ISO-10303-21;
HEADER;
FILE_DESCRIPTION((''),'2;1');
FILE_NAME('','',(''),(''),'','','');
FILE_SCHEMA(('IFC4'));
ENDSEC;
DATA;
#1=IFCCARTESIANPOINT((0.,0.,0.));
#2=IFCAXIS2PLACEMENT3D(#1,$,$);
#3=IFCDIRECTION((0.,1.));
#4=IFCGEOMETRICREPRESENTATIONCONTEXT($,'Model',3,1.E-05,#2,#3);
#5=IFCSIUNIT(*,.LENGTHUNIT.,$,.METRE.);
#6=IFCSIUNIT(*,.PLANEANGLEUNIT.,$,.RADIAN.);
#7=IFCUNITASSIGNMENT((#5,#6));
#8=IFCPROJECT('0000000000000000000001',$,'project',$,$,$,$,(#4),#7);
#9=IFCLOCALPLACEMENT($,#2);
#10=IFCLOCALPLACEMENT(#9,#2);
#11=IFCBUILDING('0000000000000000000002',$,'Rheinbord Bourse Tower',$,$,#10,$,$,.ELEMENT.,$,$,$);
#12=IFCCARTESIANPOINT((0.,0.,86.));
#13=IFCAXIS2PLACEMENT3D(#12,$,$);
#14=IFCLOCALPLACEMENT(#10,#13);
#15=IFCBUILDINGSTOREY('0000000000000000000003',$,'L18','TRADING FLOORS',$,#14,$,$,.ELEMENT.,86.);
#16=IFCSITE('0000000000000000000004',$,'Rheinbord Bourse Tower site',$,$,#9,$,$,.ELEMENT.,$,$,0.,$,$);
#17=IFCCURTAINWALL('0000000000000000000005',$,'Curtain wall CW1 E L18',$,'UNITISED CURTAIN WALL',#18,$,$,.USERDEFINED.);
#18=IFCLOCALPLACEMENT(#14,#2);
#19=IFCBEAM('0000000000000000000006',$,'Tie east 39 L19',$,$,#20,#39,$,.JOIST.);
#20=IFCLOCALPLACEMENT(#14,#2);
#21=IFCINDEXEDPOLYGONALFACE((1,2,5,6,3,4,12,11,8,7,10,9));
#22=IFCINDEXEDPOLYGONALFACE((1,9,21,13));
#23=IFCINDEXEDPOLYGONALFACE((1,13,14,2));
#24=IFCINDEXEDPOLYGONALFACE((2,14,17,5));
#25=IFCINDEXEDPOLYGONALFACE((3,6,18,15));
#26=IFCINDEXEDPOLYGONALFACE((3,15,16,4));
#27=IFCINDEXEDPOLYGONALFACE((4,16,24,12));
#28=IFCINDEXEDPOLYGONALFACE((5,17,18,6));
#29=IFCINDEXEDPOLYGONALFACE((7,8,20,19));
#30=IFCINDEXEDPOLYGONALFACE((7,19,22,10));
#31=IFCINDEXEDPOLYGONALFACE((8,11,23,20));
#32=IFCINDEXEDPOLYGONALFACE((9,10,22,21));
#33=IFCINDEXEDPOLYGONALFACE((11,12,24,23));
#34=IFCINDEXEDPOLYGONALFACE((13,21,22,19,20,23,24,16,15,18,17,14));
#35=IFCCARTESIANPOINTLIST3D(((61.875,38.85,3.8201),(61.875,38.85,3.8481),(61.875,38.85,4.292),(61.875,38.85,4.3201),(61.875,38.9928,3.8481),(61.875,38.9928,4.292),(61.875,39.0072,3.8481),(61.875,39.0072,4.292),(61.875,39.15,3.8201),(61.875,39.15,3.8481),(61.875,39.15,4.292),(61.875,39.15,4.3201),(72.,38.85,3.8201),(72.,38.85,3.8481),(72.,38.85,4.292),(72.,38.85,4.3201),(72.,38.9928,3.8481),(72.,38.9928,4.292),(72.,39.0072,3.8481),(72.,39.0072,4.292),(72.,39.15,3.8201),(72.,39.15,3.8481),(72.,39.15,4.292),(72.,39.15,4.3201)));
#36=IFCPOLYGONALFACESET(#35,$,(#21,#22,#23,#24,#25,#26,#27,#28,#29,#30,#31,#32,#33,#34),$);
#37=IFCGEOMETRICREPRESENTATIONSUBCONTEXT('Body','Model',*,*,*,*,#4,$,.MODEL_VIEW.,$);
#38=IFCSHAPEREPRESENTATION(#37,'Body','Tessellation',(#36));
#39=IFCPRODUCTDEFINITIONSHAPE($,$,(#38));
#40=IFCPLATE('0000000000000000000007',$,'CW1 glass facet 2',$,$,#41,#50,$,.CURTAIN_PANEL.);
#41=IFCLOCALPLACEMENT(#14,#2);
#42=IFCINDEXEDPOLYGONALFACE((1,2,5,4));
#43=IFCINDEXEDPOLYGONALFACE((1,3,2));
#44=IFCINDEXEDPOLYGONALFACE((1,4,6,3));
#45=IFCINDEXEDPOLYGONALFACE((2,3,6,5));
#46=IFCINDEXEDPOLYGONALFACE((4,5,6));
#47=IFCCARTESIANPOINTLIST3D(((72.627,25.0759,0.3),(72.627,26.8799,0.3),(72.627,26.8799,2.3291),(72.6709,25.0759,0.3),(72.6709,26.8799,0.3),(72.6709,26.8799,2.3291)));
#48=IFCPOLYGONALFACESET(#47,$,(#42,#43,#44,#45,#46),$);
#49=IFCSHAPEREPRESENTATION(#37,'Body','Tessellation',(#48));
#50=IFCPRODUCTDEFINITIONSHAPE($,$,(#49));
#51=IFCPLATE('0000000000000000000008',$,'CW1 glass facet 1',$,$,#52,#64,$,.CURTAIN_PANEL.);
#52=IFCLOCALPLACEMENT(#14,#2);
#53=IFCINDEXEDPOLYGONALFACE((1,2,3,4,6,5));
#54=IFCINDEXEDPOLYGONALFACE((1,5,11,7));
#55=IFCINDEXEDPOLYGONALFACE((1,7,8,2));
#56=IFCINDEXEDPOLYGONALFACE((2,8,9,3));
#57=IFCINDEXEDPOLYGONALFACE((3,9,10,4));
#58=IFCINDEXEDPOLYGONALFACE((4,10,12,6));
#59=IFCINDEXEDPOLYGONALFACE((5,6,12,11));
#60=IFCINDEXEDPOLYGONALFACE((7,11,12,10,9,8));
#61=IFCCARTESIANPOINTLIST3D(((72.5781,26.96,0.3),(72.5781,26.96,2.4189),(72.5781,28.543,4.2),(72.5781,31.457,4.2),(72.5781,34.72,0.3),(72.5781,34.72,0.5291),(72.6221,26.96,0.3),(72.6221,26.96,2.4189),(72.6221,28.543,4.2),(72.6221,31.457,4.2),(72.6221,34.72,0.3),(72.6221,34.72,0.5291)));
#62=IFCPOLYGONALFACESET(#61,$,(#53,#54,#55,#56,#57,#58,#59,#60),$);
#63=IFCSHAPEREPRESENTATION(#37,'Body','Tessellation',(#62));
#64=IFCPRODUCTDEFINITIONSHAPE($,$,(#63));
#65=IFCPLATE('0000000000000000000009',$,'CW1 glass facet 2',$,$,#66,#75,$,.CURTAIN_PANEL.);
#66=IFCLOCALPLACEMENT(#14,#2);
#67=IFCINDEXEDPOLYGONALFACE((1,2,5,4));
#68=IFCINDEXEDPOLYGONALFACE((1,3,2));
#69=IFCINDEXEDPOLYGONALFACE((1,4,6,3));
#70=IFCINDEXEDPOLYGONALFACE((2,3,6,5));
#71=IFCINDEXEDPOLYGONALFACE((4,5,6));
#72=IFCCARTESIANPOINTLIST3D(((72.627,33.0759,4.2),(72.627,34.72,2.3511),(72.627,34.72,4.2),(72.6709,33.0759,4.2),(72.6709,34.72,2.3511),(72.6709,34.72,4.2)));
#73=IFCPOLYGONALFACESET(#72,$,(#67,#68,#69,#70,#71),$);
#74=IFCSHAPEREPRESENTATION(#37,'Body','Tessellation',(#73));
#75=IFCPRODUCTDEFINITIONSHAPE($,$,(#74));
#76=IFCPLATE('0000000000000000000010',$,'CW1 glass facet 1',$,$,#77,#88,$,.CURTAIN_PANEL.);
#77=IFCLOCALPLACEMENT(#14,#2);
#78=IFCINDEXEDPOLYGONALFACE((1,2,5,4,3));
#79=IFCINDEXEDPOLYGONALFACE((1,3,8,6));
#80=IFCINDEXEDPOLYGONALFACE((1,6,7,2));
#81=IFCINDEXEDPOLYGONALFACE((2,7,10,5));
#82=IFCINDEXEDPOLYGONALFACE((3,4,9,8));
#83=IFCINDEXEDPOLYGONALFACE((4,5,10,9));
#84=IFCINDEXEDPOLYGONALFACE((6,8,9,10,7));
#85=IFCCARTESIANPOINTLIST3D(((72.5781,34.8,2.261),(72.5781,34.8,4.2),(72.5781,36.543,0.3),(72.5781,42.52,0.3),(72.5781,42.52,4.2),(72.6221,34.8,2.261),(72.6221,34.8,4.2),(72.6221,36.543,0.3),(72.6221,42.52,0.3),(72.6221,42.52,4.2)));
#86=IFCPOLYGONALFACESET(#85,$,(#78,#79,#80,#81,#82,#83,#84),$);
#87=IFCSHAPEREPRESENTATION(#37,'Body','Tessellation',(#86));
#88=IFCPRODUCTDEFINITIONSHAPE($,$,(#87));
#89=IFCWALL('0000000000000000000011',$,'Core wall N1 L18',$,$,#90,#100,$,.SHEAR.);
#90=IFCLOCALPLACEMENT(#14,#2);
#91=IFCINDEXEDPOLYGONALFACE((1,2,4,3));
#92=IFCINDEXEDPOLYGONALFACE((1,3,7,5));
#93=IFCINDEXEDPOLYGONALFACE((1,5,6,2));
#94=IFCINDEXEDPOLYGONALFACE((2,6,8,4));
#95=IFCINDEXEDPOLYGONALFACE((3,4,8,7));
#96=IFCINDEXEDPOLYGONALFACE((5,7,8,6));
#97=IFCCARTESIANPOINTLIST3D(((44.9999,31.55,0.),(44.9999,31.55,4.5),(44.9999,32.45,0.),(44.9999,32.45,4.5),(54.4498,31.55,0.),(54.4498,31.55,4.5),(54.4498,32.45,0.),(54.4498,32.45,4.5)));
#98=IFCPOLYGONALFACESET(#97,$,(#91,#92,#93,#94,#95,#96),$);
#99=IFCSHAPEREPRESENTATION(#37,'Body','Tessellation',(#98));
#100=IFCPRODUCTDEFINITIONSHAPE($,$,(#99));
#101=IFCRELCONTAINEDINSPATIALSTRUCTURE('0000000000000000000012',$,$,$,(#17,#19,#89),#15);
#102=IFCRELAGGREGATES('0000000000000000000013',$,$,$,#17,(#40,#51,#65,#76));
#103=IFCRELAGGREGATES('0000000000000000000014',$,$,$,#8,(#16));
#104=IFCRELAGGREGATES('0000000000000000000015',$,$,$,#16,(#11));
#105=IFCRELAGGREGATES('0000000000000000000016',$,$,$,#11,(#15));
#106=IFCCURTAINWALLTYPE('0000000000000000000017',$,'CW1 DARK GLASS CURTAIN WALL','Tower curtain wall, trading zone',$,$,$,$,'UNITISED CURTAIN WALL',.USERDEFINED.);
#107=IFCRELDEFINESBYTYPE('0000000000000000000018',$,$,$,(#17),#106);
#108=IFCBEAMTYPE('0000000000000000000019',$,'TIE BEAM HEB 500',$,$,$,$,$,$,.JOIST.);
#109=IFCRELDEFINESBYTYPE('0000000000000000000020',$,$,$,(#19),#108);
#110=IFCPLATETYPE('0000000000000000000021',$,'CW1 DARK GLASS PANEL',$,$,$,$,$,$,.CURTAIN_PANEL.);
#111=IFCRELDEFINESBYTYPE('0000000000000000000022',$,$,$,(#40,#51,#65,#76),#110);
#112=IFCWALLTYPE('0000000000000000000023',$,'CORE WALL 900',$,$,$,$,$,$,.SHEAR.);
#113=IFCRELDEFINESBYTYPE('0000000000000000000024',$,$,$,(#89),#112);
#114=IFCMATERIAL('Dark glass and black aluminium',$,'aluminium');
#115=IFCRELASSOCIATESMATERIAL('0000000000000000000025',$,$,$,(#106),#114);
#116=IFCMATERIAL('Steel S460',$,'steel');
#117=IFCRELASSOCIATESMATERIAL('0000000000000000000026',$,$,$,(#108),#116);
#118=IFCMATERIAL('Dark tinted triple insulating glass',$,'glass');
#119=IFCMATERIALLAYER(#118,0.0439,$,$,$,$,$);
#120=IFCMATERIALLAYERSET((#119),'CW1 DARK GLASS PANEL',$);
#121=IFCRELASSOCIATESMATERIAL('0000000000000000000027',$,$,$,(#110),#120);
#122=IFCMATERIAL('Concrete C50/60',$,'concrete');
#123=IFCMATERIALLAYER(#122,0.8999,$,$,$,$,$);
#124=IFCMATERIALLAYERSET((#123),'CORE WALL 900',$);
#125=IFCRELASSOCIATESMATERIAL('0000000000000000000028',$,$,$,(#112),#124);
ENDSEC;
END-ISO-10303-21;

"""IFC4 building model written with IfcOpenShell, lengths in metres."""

from ifc_helpers import new_model, si_unit, direction, frame, frame_2d, origin, origin_2d, place, context, subcontext, project, spatial, polyline, rectangle, i_section, outline, extrude, material, layer, layer_set, material_profile, profile_set, type_object, element, aggregate, save


model = new_model("IFC4")

# Units and contexts
model_context = context("Model", 3, precision=1e-05, world=origin(), true_north=direction((0.0, 1.0)))
body_context = subcontext(model_context, "Body", "Model", "MODEL_VIEW")
ifc_project = project(units=[si_unit("LENGTHUNIT", "METRE"), si_unit("PLANEANGLEUNIT", "RADIAN")], contexts=[model_context])

# Site, building, storey
site_placement = place(None, origin())
site = spatial("IfcSite", under=ifc_project, at=site_placement, Name="Rheinbord Bourse Tower site", CompositionType="ELEMENT", RefElevation=0.0)
building_placement = place(site_placement, origin())
building = spatial("IfcBuilding", under=site, at=building_placement, Name="Rheinbord Bourse Tower", CompositionType="ELEMENT")
storey_placement = place(building_placement, frame((0.0, 0.0, 86.0)))
storey = spatial("IfcBuildingStorey", under=building, at=storey_placement, Name="L18", Description="TRADING FLOORS", CompositionType="ELEMENT", Elevation=86.0)

# Curtain wall
ifc_material_1 = material(Name="Dark glass and black aluminium", Category="aluminium")
curtain_wall_type = type_object("IfcCurtainWallType", Name="CW1 DARK GLASS CURTAIN WALL", Description="Tower curtain wall, trading zone", ElementType="UNITISED CURTAIN WALL", PredefinedType="USERDEFINED", material=ifc_material_1)
curtain_wall_placement = place(storey_placement, origin())
curtain_wall = element("IfcCurtainWall", 1, at=curtain_wall_placement, inside=storey, type_object=curtain_wall_type, Name="Curtain wall CW1 E L18", ObjectType="UNITISED CURTAIN WALL", PredefinedType="USERDEFINED")

# Beam
ifc_material_2 = material(Name="Steel S460", Category="steel")
ifc_material_profile_1 = material_profile(ifc_material_2, i_section(OverallWidth=0.3, OverallDepth=0.5, WebThickness=0.0144, FlangeThickness=0.0281, at=origin_2d()), Name="HEB 500")
ifc_profile_set_1 = profile_set([ifc_material_profile_1], Name="Steel S460")
beam_type_1 = type_object("IfcBeamType", Name="TIE BEAM HEB 500", PredefinedType="JOIST", material=ifc_profile_set_1)
for number, where, z_axis, x_axis, name in (
    (2, (61.875, 39.0, 4.0701), (1.0, 0.0, 0.0), (0.0, 1.0, 0.0), "Tie east 39 L19"),
):
    element("IfcBeam", number, at=place(storey_placement, frame(where, z_axis=z_axis, x_axis=x_axis)), inside=storey, type_object=beam_type_1, Name=name, PredefinedType="JOIST", context=body_context, shape_type="SweptSolid", body=[
        extrude(i_section(OverallWidth=0.3, OverallDepth=0.5, WebThickness=0.0144, FlangeThickness=0.0281, at=origin_2d()), origin(), (0.0, 0.0, 1.0), 10.125),
    ])

# Plates
ifc_material_3 = material(Name="Dark tinted triple insulating glass", Category="glass")
ifc_layer_1 = layer(ifc_material_3, 0.0439)
ifc_layer_set_1 = layer_set([ifc_layer_1], Name="CW1 DARK GLASS PANEL")
plate_type = type_object("IfcPlateType", Name="CW1 DARK GLASS PANEL", PredefinedType="CURTAIN_PANEL", material=ifc_layer_set_1)
plate_1_placement = place(storey_placement, frame((72.6709, 26.8799, 0.3), z_axis=(-1.0, 0.0, 0.0), x_axis=(0.0, -1.0, 0.0)))
plate_1 = element("IfcPlate", 3, at=plate_1_placement, type_object=plate_type, Name="CW1 glass facet 2", PredefinedType="CURTAIN_PANEL", context=body_context, shape_type="SweptSolid", body=[
    extrude(outline(polyline([(0.0, 0.0), (1.804, 0.0), (0.0, 2.0291), (0.0, 0.0)])), origin(), (0.0, 0.0, 1.0), 0.0439),
])
plate_2_placement = place(storey_placement, frame((72.6221, 34.72, 0.3), z_axis=(-1.0, 0.0, 0.0), x_axis=(0.0, -1.0, 0.0)))
plate_2 = element("IfcPlate", 4, at=plate_2_placement, type_object=plate_type, Name="CW1 glass facet 1", PredefinedType="CURTAIN_PANEL", context=body_context, shape_type="SweptSolid", body=[
    extrude(outline(polyline([(0.0, 0.0), (7.76, 0.0), (7.76, 2.1189), (6.177, 3.8999), (3.2629, 3.8999), (0.0, 0.229), (0.0, 0.0)])), origin(), (0.0, 0.0, 1.0), 0.0439),
])
plate_3_placement = place(storey_placement, frame((72.6709, 34.72, 4.2), z_axis=(-1.0, 0.0, 0.0), x_axis=(0.0, 0.0, -1.0)))
plate_3 = element("IfcPlate", 5, at=plate_3_placement, type_object=plate_type, Name="CW1 glass facet 2", PredefinedType="CURTAIN_PANEL", context=body_context, shape_type="SweptSolid", body=[
    extrude(outline(polyline([(0.0, 0.0), (1.8489, 0.0), (0.0, 1.644), (0.0, 0.0)])), origin(), (0.0, 0.0, 1.0), 0.0439),
])
plate_4_placement = place(storey_placement, frame((72.6221, 34.8, 4.2), z_axis=(-1.0, 0.0, 0.0), x_axis=(0.0, 1.0, 0.0)))
plate_4 = element("IfcPlate", 6, at=plate_4_placement, type_object=plate_type, Name="CW1 glass facet 1", PredefinedType="CURTAIN_PANEL", context=body_context, shape_type="SweptSolid", body=[
    extrude(outline(polyline([(0.0, 0.0), (7.72, 0.0), (7.72, 3.8999), (1.7429, 3.8999), (0.0, 1.939), (0.0, 0.0)])), origin(), (0.0, 0.0, 1.0), 0.0439),
])
aggregate(curtain_wall, [plate_1, plate_2, plate_3, plate_4])

# Wall
ifc_material_4 = material(Name="Concrete C50/60", Category="concrete")
ifc_layer_2 = layer(ifc_material_4, 0.8999)
ifc_layer_set_2 = layer_set([ifc_layer_2], Name="CORE WALL 900")
wall_type = type_object("IfcWallType", Name="CORE WALL 900", PredefinedType="SHEAR", material=ifc_layer_set_2)
wall_placement = place(storey_placement, frame((54.45, 32.0, 0.0), z_axis=(0.0, 0.0, 1.0), x_axis=(-1.0, 0.0, 0.0)))
element("IfcWall", 7, at=wall_placement, inside=storey, type_object=wall_type, Name="Core wall N1 L18", PredefinedType="SHEAR", context=body_context, shape_type="SweptSolid", body=[
    extrude(rectangle(XDim=9.45, YDim=0.8999, at=frame_2d((4.7251, 0.0))), origin(), (0.0, 0.0, 1.0), 4.5),
])

save(model, "model.ifc")
